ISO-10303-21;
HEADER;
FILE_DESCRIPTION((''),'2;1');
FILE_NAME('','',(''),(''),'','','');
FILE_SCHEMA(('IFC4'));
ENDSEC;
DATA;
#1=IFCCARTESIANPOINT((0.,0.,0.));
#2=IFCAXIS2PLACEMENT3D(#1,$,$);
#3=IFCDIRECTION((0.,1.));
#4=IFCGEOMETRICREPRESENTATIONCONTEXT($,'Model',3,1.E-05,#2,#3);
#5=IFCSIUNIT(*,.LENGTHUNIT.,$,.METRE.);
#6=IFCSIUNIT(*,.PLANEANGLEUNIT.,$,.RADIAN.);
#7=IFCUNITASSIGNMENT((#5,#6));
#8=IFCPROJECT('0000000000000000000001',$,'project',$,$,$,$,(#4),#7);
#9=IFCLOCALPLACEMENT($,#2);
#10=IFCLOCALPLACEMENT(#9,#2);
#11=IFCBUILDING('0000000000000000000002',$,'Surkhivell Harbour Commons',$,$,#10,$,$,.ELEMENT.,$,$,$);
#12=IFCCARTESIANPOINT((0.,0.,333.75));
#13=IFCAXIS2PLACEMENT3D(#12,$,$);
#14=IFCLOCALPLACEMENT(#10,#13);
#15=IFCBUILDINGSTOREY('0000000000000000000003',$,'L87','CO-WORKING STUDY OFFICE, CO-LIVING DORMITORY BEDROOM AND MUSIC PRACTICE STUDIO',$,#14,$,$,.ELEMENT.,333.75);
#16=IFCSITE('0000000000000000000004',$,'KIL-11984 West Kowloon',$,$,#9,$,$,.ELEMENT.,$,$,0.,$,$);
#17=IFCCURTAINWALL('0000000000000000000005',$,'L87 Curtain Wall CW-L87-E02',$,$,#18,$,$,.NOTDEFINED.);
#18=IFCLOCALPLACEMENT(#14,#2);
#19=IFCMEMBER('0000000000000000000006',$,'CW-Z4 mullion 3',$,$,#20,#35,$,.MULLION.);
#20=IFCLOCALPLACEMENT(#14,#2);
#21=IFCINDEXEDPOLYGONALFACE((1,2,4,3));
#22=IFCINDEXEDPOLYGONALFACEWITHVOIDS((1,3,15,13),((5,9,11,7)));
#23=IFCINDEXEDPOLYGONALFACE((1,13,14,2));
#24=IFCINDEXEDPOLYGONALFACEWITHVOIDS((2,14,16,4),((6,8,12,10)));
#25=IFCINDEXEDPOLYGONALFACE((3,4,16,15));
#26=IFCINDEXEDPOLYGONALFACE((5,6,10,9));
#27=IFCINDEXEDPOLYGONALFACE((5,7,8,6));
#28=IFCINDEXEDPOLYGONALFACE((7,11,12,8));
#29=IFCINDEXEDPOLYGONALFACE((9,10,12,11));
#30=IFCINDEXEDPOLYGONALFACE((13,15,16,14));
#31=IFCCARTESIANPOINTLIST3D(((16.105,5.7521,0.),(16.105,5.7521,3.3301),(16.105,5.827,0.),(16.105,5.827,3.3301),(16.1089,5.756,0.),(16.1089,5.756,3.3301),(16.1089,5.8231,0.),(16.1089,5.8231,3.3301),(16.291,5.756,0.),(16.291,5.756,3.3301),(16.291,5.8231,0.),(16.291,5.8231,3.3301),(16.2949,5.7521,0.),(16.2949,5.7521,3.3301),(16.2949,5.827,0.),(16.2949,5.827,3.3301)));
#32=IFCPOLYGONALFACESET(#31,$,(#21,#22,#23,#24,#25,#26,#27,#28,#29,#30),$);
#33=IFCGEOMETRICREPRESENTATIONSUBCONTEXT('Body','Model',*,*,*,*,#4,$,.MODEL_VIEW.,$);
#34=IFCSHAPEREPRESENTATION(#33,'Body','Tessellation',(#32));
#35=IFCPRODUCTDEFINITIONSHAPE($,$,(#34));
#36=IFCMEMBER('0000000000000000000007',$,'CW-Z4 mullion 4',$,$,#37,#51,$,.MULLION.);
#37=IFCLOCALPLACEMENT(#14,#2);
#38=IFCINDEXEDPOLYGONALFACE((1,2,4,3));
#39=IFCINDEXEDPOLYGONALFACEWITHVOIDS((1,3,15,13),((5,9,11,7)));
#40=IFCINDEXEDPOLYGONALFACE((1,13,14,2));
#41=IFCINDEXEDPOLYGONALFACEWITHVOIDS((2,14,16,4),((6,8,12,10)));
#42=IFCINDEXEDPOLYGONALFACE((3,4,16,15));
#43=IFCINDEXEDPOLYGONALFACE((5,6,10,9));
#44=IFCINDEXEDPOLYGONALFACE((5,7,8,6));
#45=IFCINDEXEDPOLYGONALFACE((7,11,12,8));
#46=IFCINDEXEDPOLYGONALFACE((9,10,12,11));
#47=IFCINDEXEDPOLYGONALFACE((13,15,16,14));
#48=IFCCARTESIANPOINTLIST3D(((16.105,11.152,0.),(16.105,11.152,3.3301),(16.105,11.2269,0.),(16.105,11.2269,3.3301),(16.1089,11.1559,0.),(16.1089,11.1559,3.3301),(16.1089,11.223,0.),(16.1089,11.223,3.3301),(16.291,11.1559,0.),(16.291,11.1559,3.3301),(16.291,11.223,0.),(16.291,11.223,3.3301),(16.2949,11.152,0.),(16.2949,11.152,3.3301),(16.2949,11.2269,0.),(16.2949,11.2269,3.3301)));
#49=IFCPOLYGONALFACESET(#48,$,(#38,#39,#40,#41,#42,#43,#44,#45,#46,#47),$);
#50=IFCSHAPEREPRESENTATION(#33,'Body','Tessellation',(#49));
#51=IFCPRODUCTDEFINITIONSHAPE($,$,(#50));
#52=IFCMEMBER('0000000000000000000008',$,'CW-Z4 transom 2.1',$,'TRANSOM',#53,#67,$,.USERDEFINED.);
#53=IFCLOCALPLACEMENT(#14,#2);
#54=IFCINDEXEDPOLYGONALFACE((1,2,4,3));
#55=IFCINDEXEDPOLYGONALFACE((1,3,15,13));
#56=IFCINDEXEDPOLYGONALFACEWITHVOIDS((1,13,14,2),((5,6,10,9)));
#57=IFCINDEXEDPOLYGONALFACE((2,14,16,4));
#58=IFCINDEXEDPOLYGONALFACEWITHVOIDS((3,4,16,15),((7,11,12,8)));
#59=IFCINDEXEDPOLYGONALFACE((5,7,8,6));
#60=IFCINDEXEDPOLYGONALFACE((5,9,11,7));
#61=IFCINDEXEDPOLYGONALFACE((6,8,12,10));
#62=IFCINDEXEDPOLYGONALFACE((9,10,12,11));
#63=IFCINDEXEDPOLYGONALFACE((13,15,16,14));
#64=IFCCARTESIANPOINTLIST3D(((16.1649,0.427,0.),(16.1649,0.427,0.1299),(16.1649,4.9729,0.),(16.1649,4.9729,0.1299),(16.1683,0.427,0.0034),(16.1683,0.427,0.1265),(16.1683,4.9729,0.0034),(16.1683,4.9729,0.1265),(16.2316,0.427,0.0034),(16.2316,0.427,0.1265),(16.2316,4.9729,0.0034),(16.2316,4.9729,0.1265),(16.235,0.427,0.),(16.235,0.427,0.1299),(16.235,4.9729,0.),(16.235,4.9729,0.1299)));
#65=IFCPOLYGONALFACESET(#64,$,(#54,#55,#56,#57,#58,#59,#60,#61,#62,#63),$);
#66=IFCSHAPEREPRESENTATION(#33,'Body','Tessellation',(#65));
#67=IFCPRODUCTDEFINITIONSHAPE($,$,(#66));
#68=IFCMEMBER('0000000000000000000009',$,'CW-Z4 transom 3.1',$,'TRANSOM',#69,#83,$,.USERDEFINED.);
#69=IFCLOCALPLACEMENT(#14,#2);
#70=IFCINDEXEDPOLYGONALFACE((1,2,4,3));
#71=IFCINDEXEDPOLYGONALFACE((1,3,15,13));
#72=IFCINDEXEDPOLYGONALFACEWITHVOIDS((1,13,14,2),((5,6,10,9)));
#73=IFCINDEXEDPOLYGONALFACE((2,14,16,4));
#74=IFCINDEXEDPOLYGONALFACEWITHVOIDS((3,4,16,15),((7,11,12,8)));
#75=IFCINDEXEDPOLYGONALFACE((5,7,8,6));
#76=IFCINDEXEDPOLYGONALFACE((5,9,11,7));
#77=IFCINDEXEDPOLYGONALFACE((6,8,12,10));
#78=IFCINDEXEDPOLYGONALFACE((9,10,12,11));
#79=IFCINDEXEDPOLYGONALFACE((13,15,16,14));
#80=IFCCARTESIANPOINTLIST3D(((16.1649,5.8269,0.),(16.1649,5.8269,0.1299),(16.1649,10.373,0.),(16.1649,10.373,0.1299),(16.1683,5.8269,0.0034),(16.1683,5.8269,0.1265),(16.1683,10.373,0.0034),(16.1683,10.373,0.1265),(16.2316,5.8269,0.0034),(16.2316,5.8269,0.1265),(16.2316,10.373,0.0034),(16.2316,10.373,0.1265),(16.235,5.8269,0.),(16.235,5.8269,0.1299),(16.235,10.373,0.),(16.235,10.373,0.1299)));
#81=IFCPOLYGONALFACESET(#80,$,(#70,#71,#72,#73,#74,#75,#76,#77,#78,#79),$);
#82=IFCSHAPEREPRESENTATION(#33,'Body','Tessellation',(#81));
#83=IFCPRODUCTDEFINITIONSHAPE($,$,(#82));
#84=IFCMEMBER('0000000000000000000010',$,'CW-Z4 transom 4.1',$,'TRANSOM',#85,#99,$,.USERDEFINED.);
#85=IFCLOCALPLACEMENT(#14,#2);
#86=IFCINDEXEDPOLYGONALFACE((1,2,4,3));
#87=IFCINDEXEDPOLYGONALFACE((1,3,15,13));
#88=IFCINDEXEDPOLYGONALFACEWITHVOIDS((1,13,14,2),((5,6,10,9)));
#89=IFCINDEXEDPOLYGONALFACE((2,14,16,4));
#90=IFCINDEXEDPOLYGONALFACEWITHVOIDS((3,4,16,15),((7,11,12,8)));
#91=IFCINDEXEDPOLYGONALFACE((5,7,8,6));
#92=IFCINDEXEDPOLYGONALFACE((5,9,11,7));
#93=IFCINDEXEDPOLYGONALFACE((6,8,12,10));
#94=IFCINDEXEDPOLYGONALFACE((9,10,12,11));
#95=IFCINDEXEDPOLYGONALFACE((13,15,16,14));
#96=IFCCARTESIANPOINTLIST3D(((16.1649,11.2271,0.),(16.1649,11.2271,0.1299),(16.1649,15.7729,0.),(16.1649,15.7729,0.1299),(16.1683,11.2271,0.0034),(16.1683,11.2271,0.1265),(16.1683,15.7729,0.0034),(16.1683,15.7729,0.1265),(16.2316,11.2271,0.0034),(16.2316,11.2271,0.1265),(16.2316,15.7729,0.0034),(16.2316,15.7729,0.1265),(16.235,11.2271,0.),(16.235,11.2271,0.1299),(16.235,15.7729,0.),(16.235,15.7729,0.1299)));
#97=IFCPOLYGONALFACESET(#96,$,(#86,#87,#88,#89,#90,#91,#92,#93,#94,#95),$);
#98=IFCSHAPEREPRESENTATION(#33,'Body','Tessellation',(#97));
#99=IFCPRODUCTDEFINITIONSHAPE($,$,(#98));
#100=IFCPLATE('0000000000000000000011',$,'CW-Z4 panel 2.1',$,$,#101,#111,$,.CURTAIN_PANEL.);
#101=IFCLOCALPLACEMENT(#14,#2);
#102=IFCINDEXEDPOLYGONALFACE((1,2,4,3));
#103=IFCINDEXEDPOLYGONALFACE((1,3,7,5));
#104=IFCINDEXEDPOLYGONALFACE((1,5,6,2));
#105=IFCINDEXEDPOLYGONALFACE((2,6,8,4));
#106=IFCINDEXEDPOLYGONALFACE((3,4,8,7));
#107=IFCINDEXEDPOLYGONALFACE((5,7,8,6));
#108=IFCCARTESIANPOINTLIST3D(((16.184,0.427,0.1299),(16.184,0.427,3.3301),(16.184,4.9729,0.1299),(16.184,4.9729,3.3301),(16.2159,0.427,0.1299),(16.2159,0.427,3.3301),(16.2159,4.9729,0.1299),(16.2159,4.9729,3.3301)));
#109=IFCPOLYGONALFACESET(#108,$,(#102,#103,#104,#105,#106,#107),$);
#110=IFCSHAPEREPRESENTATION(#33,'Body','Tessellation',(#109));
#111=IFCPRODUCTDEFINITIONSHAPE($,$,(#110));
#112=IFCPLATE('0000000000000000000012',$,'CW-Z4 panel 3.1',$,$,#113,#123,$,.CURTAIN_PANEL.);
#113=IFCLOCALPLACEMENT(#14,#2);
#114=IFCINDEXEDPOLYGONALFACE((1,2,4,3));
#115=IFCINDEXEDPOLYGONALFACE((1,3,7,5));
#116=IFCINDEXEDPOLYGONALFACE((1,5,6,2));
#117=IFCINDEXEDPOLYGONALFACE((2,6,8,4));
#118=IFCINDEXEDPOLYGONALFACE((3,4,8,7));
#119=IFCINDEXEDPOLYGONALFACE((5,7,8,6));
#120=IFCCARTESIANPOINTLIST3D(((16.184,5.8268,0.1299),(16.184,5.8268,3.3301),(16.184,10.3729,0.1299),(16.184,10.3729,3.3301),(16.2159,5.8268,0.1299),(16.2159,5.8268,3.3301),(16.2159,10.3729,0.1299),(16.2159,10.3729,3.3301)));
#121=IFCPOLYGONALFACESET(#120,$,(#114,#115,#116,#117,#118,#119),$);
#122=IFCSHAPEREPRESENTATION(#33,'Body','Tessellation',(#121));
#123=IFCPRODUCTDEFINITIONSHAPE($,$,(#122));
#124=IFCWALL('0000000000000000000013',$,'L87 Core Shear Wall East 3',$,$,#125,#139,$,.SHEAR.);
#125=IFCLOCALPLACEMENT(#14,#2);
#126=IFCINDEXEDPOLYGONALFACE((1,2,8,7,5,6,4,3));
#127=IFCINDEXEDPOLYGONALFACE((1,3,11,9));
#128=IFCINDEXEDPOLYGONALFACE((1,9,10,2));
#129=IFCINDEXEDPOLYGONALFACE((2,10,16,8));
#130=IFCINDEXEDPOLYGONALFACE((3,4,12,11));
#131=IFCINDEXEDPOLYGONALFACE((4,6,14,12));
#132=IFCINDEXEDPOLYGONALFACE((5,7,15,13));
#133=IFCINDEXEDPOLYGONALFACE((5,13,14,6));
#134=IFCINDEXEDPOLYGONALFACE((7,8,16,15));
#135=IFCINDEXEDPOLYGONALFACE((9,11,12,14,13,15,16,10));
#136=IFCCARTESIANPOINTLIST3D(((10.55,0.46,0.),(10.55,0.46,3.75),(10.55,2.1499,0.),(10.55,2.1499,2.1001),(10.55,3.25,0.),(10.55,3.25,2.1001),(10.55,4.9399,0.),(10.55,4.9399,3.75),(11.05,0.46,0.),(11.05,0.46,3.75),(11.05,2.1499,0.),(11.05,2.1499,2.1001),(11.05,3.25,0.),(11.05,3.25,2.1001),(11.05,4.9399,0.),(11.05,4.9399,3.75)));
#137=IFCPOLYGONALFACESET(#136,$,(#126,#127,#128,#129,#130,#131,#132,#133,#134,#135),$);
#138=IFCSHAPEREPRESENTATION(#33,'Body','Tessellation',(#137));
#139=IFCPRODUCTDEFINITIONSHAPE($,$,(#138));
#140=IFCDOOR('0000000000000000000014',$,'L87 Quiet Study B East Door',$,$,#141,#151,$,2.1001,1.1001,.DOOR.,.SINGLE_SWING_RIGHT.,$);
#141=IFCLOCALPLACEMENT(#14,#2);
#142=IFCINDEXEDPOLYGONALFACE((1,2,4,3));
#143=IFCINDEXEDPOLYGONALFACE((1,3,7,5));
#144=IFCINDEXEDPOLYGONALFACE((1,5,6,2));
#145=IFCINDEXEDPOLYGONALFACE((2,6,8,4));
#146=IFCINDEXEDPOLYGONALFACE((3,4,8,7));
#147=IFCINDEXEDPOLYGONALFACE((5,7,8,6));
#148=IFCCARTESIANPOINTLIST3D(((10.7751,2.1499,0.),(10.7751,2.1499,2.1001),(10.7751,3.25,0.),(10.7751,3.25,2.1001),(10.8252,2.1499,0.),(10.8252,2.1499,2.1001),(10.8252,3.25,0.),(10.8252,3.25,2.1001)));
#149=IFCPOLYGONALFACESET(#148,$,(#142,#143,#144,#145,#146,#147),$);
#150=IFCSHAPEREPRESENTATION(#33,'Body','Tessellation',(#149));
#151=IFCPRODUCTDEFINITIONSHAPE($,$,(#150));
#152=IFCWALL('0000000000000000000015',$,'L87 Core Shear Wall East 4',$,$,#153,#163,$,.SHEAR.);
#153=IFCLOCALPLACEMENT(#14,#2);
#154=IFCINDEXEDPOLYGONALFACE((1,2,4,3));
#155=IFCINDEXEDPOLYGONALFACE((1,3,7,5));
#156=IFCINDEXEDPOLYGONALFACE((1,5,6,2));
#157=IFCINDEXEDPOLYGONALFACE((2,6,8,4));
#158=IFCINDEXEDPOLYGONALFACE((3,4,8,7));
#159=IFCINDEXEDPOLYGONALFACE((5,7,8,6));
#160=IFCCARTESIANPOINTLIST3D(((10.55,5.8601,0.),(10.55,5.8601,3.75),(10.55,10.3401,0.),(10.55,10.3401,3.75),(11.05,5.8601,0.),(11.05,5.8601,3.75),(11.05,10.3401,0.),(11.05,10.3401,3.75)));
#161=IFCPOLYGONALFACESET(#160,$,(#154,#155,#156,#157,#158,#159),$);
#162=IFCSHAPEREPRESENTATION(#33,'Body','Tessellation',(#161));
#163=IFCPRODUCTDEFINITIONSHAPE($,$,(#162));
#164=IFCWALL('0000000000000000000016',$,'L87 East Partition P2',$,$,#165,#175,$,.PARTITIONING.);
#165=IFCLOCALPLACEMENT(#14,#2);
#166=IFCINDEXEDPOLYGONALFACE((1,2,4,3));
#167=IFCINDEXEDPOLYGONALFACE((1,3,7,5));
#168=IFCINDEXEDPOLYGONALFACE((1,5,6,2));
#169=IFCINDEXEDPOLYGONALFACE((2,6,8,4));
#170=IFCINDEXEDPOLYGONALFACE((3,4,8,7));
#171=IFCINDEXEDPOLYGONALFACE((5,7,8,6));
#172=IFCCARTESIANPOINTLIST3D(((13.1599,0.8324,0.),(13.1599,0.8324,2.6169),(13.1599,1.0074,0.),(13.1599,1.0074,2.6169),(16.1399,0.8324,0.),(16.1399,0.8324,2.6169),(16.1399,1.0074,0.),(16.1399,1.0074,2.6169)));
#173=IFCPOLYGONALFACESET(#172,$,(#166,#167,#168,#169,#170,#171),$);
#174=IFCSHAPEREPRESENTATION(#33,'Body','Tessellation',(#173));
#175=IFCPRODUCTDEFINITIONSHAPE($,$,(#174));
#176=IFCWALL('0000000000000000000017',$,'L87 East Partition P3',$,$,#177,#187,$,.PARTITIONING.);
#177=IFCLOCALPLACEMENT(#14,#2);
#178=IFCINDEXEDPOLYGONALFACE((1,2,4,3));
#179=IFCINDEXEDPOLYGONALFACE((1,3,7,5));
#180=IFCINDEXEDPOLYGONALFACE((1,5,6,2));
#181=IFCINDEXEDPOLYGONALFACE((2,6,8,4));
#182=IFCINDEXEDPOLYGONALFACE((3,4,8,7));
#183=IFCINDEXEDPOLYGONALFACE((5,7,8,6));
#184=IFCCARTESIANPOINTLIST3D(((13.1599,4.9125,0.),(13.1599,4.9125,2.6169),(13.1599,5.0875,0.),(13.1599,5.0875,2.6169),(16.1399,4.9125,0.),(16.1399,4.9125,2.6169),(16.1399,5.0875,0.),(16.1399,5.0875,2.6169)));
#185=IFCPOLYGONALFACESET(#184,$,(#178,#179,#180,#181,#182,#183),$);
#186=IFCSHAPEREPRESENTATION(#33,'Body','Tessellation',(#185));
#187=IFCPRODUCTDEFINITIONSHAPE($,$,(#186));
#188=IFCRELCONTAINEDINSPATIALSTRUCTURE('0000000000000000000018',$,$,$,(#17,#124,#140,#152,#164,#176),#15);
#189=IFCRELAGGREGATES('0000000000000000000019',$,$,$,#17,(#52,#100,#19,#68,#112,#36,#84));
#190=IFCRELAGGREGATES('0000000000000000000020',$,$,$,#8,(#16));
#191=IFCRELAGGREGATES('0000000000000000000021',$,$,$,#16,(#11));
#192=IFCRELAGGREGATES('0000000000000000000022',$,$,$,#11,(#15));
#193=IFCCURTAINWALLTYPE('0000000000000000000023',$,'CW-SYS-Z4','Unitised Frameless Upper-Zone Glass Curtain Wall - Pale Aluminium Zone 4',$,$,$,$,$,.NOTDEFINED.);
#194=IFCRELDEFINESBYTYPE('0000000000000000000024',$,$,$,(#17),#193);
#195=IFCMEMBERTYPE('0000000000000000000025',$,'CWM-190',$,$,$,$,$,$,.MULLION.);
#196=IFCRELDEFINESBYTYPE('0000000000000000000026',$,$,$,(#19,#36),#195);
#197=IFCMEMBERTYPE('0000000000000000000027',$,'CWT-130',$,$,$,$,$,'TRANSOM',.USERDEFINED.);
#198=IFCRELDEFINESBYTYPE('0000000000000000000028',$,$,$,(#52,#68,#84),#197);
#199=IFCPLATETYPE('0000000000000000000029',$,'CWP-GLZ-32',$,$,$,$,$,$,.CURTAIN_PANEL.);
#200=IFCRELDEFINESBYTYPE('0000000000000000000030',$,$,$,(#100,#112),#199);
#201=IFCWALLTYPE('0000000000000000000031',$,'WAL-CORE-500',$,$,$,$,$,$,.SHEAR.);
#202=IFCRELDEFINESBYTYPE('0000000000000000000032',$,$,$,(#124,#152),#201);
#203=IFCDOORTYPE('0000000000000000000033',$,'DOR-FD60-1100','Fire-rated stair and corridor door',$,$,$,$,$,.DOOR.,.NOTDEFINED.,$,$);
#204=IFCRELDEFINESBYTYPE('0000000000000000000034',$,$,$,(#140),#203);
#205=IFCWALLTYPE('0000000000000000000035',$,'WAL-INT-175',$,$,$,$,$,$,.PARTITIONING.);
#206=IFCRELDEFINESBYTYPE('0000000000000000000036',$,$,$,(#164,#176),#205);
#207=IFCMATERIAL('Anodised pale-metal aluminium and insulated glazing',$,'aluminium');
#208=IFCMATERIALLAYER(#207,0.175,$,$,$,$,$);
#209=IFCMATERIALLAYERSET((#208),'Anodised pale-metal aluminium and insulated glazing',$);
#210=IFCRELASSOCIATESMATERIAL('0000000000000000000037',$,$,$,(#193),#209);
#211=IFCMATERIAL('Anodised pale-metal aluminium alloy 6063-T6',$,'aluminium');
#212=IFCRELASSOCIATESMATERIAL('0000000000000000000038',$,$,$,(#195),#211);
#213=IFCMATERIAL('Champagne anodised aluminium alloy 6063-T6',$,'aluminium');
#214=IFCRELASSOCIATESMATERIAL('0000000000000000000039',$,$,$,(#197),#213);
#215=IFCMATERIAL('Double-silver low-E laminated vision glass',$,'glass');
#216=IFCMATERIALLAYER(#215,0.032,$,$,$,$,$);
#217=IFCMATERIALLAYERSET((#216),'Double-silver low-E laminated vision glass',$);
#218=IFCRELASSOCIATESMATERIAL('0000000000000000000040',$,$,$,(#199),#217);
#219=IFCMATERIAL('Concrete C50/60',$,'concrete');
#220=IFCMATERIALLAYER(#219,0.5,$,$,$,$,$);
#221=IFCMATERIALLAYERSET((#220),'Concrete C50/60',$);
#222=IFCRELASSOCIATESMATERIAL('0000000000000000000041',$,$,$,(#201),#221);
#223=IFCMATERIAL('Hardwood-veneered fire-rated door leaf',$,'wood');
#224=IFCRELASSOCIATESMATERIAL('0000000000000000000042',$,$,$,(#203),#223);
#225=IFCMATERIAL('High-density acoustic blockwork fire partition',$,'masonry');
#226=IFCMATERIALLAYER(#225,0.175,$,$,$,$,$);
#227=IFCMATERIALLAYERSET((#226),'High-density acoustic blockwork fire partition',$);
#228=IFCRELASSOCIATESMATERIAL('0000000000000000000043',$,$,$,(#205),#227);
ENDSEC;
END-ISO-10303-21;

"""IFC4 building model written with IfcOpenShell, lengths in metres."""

from ifc_helpers import new_model, si_unit, direction, frame, frame_2d, origin, origin_2d, place, context, subcontext, project, spatial, rectangle, hollow_rectangle, extrude, material, layer, layer_set, material_profile, profile_set, type_object, element, fill, aggregate, save


model = new_model("IFC4")

# Units and contexts
model_context = context("Model", 3, precision=1e-05, world=origin(), true_north=direction((0.0, 1.0)))
body_context = subcontext(model_context, "Body", "Model", "MODEL_VIEW")
ifc_project = project(units=[si_unit("LENGTHUNIT", "METRE"), si_unit("PLANEANGLEUNIT", "RADIAN")], contexts=[model_context])

# Site, building, storey
site_placement = place(None, origin())
site = spatial("IfcSite", under=ifc_project, at=site_placement, Name="KIL-11984 West Kowloon", CompositionType="ELEMENT", RefElevation=0.0)
building_placement = place(site_placement, origin())
building = spatial("IfcBuilding", under=site, at=building_placement, Name="Surkhivell Harbour Commons", CompositionType="ELEMENT")
storey_placement = place(building_placement, frame((0.0, 0.0, 333.75)))
storey = spatial("IfcBuildingStorey", under=building, at=storey_placement, Name="L87", Description="CO-WORKING STUDY OFFICE, CO-LIVING DORMITORY BEDROOM AND MUSIC PRACTICE STUDIO", CompositionType="ELEMENT", Elevation=333.75)

# Shared definitions
ifc_material_1 = material(Name="Concrete C50/60", Category="concrete")

# Curtain wall, members, plates
ifc_material_2 = material(Name="Anodised pale-metal aluminium and insulated glazing", Category="aluminium")
ifc_layer_1 = layer(ifc_material_2, 0.175)
ifc_layer_set_1 = layer_set([ifc_layer_1], Name="Anodised pale-metal aluminium and insulated glazing")
curtain_wall_type = type_object("IfcCurtainWallType", Name="CW-SYS-Z4", Description="Unitised Frameless Upper-Zone Glass Curtain Wall - Pale Aluminium Zone 4", PredefinedType="NOTDEFINED", material=ifc_layer_set_1)
curtain_wall_placement = place(storey_placement, origin())
curtain_wall = element("IfcCurtainWall", 1, at=curtain_wall_placement, inside=storey, type_object=curtain_wall_type, Name="L87 Curtain Wall CW-L87-E02", PredefinedType="NOTDEFINED")
ifc_material_3 = material(Name="Anodised pale-metal aluminium alloy 6063-T6", Category="aluminium")
ifc_material_profile_1 = material_profile(ifc_material_3, hollow_rectangle(XDim=0.075, YDim=0.1899, WallThickness=0.0039, at=origin_2d()), Name="ALU-MULL-75x190")
ifc_profile_set_1 = profile_set([ifc_material_profile_1], Name="Anodised pale-metal aluminium alloy 6063-T6")
member_type_1 = type_object("IfcMemberType", Name="CWM-190", PredefinedType="MULLION", material=ifc_profile_set_1)
member_1_placement = place(storey_placement, frame((16.2, 5.7896, 0.0), z_axis=(0.0, 0.0, 1.0), x_axis=(0.0, 1.0, 0.0)))
member_1 = element("IfcMember", 2, at=member_1_placement, type_object=member_type_1, Name="CW-Z4 mullion 3", PredefinedType="MULLION", context=body_context, shape_type="SweptSolid", body=[
    extrude(hollow_rectangle(XDim=0.075, YDim=0.1899, WallThickness=0.0039, at=origin_2d()), origin(), (0.0, 0.0, 1.0), 3.3301),
])
member_2_placement = place(storey_placement, frame((16.2, 11.1895, 0.0), z_axis=(0.0, 0.0, 1.0), x_axis=(0.0, 1.0, 0.0)))
member_2 = element("IfcMember", 3, at=member_2_placement, type_object=member_type_1, Name="CW-Z4 mullion 4", PredefinedType="MULLION", context=body_context, shape_type="SweptSolid", body=[
    extrude(hollow_rectangle(XDim=0.075, YDim=0.1899, WallThickness=0.0039, at=origin_2d()), origin(), (0.0, 0.0, 1.0), 3.3301),
])
ifc_material_4 = material(Name="Champagne anodised aluminium alloy 6063-T6", Category="aluminium")
ifc_material_profile_2 = material_profile(ifc_material_4, hollow_rectangle(XDim=0.0701, YDim=0.1299, WallThickness=0.0034, at=origin_2d()), Name="ALU-TRAN-70x130")
ifc_profile_set_2 = profile_set([ifc_material_profile_2], Name="Champagne anodised aluminium alloy 6063-T6")
member_type_2 = type_object("IfcMemberType", Name="CWT-130", ElementType="TRANSOM", PredefinedType="USERDEFINED", material=ifc_profile_set_2)
member_3_placement = place(storey_placement, frame((16.2, 0.427, 0.0649), z_axis=(0.0, 1.0, 0.0), x_axis=(-1.0, 0.0, 0.0)))
member_3 = element("IfcMember", 4, at=member_3_placement, type_object=member_type_2, Name="CW-Z4 transom 2.1", ObjectType="TRANSOM", PredefinedType="USERDEFINED", context=body_context, shape_type="SweptSolid", body=[
    extrude(hollow_rectangle(XDim=0.0701, YDim=0.1299, WallThickness=0.0034, at=origin_2d()), origin(), (0.0, 0.0, 1.0), 4.5459),
])
member_4_placement = place(storey_placement, frame((16.2, 5.8269, 0.0649), z_axis=(0.0, 1.0, 0.0), x_axis=(-1.0, 0.0, 0.0)))
member_4 = element("IfcMember", 5, at=member_4_placement, type_object=member_type_2, Name="CW-Z4 transom 3.1", ObjectType="TRANSOM", PredefinedType="USERDEFINED", context=body_context, shape_type="SweptSolid", body=[
    extrude(hollow_rectangle(XDim=0.0701, YDim=0.1299, WallThickness=0.0034, at=origin_2d()), origin(), (0.0, 0.0, 1.0), 4.5461),
])
member_5_placement = place(storey_placement, frame((16.2, 11.2271, 0.0649), z_axis=(0.0, 1.0, 0.0), x_axis=(-1.0, 0.0, 0.0)))
member_5 = element("IfcMember", 6, at=member_5_placement, type_object=member_type_2, Name="CW-Z4 transom 4.1", ObjectType="TRANSOM", PredefinedType="USERDEFINED", context=body_context, shape_type="SweptSolid", body=[
    extrude(hollow_rectangle(XDim=0.0701, YDim=0.1299, WallThickness=0.0034, at=origin_2d()), origin(), (0.0, 0.0, 1.0), 4.5459),
])
ifc_material_5 = material(Name="Double-silver low-E laminated vision glass", Category="glass")
ifc_layer_2 = layer(ifc_material_5, 0.032)
ifc_layer_set_2 = layer_set([ifc_layer_2], Name="Double-silver low-E laminated vision glass")
plate_type = type_object("IfcPlateType", Name="CWP-GLZ-32", PredefinedType="CURTAIN_PANEL", material=ifc_layer_set_2)
plate_1_placement = place(storey_placement, frame((16.2, 0.427, 0.1299), z_axis=(0.0, 0.0, 1.0), x_axis=(0.0, 1.0, 0.0)))
plate_1 = element("IfcPlate", 7, at=plate_1_placement, type_object=plate_type, Name="CW-Z4 panel 2.1", PredefinedType="CURTAIN_PANEL", context=body_context, shape_type="SweptSolid", body=[
    extrude(rectangle(XDim=4.5459, YDim=0.032, at=frame_2d((2.2729, 0.0))), origin(), (0.0, 0.0, 1.0), 3.2002),
])
plate_2_placement = place(storey_placement, frame((16.2, 5.8269, 0.1299), z_axis=(0.0, 0.0, 1.0), x_axis=(0.0, 1.0, 0.0)))
plate_2 = element("IfcPlate", 8, at=plate_2_placement, type_object=plate_type, Name="CW-Z4 panel 3.1", PredefinedType="CURTAIN_PANEL", context=body_context, shape_type="SweptSolid", body=[
    extrude(rectangle(XDim=4.5461, YDim=0.032, at=frame_2d((2.2729, 0.0))), origin(), (0.0, 0.0, 1.0), 3.2002),
])
aggregate(curtain_wall, [member_3, plate_1, member_1, member_4, plate_2, member_2, member_5])

# Wall, opening, door
ifc_layer_3 = layer(ifc_material_1, 0.5)
ifc_layer_set_3 = layer_set([ifc_layer_3], Name="Concrete C50/60")
wall_type_1 = type_object("IfcWallType", Name="WAL-CORE-500", PredefinedType="SHEAR", material=ifc_layer_set_3)
wall_1_placement = place(storey_placement, frame((10.8, 0.46, 0.0), z_axis=(0.0, 0.0, 1.0), x_axis=(0.0, 1.0, 0.0)))
wall_1 = element("IfcWall", 9, at=wall_1_placement, inside=storey, type_object=wall_type_1, Name="L87 Core Shear Wall East 3", PredefinedType="SHEAR", context=body_context, shape_type="SweptSolid", body=[
    extrude(rectangle(XDim=4.48, YDim=0.5, at=frame_2d((2.24, 0.0))), origin(), (0.0, 0.0, 1.0), 3.75),
])
opening_placement = place(wall_1_placement, frame((1.6899, 0.0, 0.0)))
opening = element("IfcOpeningElement", 10, at=opening_placement, cuts=wall_1, PredefinedType="OPENING", context=body_context, shape_type="SweptSolid", body=[
    extrude(rectangle(XDim=1.1001, YDim=2.1001, at=frame_2d((0.55, 1.05))), frame((0.0, 0.26, 0.0), z_axis=(0.0, -1.0, 0.0), x_axis=(1.0, 0.0, 0.0)), (0.0, 0.0, 1.0), 0.52),
])
ifc_material_6 = material(Name="Hardwood-veneered fire-rated door leaf", Category="wood")
door_type = type_object("IfcDoorType", Name="DOR-FD60-1100", Description="Fire-rated stair and corridor door", OperationType="NOTDEFINED", PredefinedType="DOOR", material=ifc_material_6)
door_placement = place(opening_placement, origin())
door = element("IfcDoor", 11, at=door_placement, inside=storey, type_object=door_type, Name="L87 Quiet Study B East Door", OperationType="SINGLE_SWING_RIGHT", OverallHeight=2.1001, OverallWidth=1.1001, PredefinedType="DOOR", context=body_context, shape_type="SweptSolid", body=[
    extrude(rectangle(XDim=1.1001, YDim=2.1001, at=frame_2d((0.55, 1.05))), frame((0.0, 0.0249, 0.0), z_axis=(0.0, -1.0, 0.0), x_axis=(1.0, 0.0, 0.0)), (0.0, 0.0, 1.0), 0.05),
])
fill(opening, door)

# Walls
wall_2_placement = place(storey_placement, frame((10.8, 5.8601, 0.0), z_axis=(0.0, 0.0, 1.0), x_axis=(0.0, 1.0, 0.0)))
element("IfcWall", 12, at=wall_2_placement, inside=storey, type_object=wall_type_1, Name="L87 Core Shear Wall East 4", PredefinedType="SHEAR", context=body_context, shape_type="SweptSolid", body=[
    extrude(rectangle(XDim=4.48, YDim=0.5, at=frame_2d((2.24, 0.0))), origin(), (0.0, 0.0, 1.0), 3.75),
])
ifc_material_7 = material(Name="High-density acoustic blockwork fire partition", Category="masonry")
ifc_layer_4 = layer(ifc_material_7, 0.175)
ifc_layer_set_4 = layer_set([ifc_layer_4], Name="High-density acoustic blockwork fire partition")
wall_type_2 = type_object("IfcWallType", Name="WAL-INT-175", PredefinedType="PARTITIONING", material=ifc_layer_set_4)
for number, where, z_axis, x_axis, name in (
    (13, (13.1599, 0.9199, 0.0), (0.0, 0.0, 1.0), (1.0, 0.0, 0.0), "L87 East Partition P2"),
    (14, (13.1599, 5.0, 0.0), (0.0, 0.0, 1.0), (1.0, 0.0, 0.0), "L87 East Partition P3"),
):
    element("IfcWall", number, at=place(storey_placement, frame(where, z_axis=z_axis, x_axis=x_axis)), inside=storey, type_object=wall_type_2, Name=name, PredefinedType="PARTITIONING", context=body_context, shape_type="SweptSolid", body=[
        extrude(rectangle(XDim=2.98, YDim=0.175, at=frame_2d((1.49, 0.0))), origin(), (0.0, 0.0, 1.0), 2.6169),
    ])

save(model, "model.ifc")
